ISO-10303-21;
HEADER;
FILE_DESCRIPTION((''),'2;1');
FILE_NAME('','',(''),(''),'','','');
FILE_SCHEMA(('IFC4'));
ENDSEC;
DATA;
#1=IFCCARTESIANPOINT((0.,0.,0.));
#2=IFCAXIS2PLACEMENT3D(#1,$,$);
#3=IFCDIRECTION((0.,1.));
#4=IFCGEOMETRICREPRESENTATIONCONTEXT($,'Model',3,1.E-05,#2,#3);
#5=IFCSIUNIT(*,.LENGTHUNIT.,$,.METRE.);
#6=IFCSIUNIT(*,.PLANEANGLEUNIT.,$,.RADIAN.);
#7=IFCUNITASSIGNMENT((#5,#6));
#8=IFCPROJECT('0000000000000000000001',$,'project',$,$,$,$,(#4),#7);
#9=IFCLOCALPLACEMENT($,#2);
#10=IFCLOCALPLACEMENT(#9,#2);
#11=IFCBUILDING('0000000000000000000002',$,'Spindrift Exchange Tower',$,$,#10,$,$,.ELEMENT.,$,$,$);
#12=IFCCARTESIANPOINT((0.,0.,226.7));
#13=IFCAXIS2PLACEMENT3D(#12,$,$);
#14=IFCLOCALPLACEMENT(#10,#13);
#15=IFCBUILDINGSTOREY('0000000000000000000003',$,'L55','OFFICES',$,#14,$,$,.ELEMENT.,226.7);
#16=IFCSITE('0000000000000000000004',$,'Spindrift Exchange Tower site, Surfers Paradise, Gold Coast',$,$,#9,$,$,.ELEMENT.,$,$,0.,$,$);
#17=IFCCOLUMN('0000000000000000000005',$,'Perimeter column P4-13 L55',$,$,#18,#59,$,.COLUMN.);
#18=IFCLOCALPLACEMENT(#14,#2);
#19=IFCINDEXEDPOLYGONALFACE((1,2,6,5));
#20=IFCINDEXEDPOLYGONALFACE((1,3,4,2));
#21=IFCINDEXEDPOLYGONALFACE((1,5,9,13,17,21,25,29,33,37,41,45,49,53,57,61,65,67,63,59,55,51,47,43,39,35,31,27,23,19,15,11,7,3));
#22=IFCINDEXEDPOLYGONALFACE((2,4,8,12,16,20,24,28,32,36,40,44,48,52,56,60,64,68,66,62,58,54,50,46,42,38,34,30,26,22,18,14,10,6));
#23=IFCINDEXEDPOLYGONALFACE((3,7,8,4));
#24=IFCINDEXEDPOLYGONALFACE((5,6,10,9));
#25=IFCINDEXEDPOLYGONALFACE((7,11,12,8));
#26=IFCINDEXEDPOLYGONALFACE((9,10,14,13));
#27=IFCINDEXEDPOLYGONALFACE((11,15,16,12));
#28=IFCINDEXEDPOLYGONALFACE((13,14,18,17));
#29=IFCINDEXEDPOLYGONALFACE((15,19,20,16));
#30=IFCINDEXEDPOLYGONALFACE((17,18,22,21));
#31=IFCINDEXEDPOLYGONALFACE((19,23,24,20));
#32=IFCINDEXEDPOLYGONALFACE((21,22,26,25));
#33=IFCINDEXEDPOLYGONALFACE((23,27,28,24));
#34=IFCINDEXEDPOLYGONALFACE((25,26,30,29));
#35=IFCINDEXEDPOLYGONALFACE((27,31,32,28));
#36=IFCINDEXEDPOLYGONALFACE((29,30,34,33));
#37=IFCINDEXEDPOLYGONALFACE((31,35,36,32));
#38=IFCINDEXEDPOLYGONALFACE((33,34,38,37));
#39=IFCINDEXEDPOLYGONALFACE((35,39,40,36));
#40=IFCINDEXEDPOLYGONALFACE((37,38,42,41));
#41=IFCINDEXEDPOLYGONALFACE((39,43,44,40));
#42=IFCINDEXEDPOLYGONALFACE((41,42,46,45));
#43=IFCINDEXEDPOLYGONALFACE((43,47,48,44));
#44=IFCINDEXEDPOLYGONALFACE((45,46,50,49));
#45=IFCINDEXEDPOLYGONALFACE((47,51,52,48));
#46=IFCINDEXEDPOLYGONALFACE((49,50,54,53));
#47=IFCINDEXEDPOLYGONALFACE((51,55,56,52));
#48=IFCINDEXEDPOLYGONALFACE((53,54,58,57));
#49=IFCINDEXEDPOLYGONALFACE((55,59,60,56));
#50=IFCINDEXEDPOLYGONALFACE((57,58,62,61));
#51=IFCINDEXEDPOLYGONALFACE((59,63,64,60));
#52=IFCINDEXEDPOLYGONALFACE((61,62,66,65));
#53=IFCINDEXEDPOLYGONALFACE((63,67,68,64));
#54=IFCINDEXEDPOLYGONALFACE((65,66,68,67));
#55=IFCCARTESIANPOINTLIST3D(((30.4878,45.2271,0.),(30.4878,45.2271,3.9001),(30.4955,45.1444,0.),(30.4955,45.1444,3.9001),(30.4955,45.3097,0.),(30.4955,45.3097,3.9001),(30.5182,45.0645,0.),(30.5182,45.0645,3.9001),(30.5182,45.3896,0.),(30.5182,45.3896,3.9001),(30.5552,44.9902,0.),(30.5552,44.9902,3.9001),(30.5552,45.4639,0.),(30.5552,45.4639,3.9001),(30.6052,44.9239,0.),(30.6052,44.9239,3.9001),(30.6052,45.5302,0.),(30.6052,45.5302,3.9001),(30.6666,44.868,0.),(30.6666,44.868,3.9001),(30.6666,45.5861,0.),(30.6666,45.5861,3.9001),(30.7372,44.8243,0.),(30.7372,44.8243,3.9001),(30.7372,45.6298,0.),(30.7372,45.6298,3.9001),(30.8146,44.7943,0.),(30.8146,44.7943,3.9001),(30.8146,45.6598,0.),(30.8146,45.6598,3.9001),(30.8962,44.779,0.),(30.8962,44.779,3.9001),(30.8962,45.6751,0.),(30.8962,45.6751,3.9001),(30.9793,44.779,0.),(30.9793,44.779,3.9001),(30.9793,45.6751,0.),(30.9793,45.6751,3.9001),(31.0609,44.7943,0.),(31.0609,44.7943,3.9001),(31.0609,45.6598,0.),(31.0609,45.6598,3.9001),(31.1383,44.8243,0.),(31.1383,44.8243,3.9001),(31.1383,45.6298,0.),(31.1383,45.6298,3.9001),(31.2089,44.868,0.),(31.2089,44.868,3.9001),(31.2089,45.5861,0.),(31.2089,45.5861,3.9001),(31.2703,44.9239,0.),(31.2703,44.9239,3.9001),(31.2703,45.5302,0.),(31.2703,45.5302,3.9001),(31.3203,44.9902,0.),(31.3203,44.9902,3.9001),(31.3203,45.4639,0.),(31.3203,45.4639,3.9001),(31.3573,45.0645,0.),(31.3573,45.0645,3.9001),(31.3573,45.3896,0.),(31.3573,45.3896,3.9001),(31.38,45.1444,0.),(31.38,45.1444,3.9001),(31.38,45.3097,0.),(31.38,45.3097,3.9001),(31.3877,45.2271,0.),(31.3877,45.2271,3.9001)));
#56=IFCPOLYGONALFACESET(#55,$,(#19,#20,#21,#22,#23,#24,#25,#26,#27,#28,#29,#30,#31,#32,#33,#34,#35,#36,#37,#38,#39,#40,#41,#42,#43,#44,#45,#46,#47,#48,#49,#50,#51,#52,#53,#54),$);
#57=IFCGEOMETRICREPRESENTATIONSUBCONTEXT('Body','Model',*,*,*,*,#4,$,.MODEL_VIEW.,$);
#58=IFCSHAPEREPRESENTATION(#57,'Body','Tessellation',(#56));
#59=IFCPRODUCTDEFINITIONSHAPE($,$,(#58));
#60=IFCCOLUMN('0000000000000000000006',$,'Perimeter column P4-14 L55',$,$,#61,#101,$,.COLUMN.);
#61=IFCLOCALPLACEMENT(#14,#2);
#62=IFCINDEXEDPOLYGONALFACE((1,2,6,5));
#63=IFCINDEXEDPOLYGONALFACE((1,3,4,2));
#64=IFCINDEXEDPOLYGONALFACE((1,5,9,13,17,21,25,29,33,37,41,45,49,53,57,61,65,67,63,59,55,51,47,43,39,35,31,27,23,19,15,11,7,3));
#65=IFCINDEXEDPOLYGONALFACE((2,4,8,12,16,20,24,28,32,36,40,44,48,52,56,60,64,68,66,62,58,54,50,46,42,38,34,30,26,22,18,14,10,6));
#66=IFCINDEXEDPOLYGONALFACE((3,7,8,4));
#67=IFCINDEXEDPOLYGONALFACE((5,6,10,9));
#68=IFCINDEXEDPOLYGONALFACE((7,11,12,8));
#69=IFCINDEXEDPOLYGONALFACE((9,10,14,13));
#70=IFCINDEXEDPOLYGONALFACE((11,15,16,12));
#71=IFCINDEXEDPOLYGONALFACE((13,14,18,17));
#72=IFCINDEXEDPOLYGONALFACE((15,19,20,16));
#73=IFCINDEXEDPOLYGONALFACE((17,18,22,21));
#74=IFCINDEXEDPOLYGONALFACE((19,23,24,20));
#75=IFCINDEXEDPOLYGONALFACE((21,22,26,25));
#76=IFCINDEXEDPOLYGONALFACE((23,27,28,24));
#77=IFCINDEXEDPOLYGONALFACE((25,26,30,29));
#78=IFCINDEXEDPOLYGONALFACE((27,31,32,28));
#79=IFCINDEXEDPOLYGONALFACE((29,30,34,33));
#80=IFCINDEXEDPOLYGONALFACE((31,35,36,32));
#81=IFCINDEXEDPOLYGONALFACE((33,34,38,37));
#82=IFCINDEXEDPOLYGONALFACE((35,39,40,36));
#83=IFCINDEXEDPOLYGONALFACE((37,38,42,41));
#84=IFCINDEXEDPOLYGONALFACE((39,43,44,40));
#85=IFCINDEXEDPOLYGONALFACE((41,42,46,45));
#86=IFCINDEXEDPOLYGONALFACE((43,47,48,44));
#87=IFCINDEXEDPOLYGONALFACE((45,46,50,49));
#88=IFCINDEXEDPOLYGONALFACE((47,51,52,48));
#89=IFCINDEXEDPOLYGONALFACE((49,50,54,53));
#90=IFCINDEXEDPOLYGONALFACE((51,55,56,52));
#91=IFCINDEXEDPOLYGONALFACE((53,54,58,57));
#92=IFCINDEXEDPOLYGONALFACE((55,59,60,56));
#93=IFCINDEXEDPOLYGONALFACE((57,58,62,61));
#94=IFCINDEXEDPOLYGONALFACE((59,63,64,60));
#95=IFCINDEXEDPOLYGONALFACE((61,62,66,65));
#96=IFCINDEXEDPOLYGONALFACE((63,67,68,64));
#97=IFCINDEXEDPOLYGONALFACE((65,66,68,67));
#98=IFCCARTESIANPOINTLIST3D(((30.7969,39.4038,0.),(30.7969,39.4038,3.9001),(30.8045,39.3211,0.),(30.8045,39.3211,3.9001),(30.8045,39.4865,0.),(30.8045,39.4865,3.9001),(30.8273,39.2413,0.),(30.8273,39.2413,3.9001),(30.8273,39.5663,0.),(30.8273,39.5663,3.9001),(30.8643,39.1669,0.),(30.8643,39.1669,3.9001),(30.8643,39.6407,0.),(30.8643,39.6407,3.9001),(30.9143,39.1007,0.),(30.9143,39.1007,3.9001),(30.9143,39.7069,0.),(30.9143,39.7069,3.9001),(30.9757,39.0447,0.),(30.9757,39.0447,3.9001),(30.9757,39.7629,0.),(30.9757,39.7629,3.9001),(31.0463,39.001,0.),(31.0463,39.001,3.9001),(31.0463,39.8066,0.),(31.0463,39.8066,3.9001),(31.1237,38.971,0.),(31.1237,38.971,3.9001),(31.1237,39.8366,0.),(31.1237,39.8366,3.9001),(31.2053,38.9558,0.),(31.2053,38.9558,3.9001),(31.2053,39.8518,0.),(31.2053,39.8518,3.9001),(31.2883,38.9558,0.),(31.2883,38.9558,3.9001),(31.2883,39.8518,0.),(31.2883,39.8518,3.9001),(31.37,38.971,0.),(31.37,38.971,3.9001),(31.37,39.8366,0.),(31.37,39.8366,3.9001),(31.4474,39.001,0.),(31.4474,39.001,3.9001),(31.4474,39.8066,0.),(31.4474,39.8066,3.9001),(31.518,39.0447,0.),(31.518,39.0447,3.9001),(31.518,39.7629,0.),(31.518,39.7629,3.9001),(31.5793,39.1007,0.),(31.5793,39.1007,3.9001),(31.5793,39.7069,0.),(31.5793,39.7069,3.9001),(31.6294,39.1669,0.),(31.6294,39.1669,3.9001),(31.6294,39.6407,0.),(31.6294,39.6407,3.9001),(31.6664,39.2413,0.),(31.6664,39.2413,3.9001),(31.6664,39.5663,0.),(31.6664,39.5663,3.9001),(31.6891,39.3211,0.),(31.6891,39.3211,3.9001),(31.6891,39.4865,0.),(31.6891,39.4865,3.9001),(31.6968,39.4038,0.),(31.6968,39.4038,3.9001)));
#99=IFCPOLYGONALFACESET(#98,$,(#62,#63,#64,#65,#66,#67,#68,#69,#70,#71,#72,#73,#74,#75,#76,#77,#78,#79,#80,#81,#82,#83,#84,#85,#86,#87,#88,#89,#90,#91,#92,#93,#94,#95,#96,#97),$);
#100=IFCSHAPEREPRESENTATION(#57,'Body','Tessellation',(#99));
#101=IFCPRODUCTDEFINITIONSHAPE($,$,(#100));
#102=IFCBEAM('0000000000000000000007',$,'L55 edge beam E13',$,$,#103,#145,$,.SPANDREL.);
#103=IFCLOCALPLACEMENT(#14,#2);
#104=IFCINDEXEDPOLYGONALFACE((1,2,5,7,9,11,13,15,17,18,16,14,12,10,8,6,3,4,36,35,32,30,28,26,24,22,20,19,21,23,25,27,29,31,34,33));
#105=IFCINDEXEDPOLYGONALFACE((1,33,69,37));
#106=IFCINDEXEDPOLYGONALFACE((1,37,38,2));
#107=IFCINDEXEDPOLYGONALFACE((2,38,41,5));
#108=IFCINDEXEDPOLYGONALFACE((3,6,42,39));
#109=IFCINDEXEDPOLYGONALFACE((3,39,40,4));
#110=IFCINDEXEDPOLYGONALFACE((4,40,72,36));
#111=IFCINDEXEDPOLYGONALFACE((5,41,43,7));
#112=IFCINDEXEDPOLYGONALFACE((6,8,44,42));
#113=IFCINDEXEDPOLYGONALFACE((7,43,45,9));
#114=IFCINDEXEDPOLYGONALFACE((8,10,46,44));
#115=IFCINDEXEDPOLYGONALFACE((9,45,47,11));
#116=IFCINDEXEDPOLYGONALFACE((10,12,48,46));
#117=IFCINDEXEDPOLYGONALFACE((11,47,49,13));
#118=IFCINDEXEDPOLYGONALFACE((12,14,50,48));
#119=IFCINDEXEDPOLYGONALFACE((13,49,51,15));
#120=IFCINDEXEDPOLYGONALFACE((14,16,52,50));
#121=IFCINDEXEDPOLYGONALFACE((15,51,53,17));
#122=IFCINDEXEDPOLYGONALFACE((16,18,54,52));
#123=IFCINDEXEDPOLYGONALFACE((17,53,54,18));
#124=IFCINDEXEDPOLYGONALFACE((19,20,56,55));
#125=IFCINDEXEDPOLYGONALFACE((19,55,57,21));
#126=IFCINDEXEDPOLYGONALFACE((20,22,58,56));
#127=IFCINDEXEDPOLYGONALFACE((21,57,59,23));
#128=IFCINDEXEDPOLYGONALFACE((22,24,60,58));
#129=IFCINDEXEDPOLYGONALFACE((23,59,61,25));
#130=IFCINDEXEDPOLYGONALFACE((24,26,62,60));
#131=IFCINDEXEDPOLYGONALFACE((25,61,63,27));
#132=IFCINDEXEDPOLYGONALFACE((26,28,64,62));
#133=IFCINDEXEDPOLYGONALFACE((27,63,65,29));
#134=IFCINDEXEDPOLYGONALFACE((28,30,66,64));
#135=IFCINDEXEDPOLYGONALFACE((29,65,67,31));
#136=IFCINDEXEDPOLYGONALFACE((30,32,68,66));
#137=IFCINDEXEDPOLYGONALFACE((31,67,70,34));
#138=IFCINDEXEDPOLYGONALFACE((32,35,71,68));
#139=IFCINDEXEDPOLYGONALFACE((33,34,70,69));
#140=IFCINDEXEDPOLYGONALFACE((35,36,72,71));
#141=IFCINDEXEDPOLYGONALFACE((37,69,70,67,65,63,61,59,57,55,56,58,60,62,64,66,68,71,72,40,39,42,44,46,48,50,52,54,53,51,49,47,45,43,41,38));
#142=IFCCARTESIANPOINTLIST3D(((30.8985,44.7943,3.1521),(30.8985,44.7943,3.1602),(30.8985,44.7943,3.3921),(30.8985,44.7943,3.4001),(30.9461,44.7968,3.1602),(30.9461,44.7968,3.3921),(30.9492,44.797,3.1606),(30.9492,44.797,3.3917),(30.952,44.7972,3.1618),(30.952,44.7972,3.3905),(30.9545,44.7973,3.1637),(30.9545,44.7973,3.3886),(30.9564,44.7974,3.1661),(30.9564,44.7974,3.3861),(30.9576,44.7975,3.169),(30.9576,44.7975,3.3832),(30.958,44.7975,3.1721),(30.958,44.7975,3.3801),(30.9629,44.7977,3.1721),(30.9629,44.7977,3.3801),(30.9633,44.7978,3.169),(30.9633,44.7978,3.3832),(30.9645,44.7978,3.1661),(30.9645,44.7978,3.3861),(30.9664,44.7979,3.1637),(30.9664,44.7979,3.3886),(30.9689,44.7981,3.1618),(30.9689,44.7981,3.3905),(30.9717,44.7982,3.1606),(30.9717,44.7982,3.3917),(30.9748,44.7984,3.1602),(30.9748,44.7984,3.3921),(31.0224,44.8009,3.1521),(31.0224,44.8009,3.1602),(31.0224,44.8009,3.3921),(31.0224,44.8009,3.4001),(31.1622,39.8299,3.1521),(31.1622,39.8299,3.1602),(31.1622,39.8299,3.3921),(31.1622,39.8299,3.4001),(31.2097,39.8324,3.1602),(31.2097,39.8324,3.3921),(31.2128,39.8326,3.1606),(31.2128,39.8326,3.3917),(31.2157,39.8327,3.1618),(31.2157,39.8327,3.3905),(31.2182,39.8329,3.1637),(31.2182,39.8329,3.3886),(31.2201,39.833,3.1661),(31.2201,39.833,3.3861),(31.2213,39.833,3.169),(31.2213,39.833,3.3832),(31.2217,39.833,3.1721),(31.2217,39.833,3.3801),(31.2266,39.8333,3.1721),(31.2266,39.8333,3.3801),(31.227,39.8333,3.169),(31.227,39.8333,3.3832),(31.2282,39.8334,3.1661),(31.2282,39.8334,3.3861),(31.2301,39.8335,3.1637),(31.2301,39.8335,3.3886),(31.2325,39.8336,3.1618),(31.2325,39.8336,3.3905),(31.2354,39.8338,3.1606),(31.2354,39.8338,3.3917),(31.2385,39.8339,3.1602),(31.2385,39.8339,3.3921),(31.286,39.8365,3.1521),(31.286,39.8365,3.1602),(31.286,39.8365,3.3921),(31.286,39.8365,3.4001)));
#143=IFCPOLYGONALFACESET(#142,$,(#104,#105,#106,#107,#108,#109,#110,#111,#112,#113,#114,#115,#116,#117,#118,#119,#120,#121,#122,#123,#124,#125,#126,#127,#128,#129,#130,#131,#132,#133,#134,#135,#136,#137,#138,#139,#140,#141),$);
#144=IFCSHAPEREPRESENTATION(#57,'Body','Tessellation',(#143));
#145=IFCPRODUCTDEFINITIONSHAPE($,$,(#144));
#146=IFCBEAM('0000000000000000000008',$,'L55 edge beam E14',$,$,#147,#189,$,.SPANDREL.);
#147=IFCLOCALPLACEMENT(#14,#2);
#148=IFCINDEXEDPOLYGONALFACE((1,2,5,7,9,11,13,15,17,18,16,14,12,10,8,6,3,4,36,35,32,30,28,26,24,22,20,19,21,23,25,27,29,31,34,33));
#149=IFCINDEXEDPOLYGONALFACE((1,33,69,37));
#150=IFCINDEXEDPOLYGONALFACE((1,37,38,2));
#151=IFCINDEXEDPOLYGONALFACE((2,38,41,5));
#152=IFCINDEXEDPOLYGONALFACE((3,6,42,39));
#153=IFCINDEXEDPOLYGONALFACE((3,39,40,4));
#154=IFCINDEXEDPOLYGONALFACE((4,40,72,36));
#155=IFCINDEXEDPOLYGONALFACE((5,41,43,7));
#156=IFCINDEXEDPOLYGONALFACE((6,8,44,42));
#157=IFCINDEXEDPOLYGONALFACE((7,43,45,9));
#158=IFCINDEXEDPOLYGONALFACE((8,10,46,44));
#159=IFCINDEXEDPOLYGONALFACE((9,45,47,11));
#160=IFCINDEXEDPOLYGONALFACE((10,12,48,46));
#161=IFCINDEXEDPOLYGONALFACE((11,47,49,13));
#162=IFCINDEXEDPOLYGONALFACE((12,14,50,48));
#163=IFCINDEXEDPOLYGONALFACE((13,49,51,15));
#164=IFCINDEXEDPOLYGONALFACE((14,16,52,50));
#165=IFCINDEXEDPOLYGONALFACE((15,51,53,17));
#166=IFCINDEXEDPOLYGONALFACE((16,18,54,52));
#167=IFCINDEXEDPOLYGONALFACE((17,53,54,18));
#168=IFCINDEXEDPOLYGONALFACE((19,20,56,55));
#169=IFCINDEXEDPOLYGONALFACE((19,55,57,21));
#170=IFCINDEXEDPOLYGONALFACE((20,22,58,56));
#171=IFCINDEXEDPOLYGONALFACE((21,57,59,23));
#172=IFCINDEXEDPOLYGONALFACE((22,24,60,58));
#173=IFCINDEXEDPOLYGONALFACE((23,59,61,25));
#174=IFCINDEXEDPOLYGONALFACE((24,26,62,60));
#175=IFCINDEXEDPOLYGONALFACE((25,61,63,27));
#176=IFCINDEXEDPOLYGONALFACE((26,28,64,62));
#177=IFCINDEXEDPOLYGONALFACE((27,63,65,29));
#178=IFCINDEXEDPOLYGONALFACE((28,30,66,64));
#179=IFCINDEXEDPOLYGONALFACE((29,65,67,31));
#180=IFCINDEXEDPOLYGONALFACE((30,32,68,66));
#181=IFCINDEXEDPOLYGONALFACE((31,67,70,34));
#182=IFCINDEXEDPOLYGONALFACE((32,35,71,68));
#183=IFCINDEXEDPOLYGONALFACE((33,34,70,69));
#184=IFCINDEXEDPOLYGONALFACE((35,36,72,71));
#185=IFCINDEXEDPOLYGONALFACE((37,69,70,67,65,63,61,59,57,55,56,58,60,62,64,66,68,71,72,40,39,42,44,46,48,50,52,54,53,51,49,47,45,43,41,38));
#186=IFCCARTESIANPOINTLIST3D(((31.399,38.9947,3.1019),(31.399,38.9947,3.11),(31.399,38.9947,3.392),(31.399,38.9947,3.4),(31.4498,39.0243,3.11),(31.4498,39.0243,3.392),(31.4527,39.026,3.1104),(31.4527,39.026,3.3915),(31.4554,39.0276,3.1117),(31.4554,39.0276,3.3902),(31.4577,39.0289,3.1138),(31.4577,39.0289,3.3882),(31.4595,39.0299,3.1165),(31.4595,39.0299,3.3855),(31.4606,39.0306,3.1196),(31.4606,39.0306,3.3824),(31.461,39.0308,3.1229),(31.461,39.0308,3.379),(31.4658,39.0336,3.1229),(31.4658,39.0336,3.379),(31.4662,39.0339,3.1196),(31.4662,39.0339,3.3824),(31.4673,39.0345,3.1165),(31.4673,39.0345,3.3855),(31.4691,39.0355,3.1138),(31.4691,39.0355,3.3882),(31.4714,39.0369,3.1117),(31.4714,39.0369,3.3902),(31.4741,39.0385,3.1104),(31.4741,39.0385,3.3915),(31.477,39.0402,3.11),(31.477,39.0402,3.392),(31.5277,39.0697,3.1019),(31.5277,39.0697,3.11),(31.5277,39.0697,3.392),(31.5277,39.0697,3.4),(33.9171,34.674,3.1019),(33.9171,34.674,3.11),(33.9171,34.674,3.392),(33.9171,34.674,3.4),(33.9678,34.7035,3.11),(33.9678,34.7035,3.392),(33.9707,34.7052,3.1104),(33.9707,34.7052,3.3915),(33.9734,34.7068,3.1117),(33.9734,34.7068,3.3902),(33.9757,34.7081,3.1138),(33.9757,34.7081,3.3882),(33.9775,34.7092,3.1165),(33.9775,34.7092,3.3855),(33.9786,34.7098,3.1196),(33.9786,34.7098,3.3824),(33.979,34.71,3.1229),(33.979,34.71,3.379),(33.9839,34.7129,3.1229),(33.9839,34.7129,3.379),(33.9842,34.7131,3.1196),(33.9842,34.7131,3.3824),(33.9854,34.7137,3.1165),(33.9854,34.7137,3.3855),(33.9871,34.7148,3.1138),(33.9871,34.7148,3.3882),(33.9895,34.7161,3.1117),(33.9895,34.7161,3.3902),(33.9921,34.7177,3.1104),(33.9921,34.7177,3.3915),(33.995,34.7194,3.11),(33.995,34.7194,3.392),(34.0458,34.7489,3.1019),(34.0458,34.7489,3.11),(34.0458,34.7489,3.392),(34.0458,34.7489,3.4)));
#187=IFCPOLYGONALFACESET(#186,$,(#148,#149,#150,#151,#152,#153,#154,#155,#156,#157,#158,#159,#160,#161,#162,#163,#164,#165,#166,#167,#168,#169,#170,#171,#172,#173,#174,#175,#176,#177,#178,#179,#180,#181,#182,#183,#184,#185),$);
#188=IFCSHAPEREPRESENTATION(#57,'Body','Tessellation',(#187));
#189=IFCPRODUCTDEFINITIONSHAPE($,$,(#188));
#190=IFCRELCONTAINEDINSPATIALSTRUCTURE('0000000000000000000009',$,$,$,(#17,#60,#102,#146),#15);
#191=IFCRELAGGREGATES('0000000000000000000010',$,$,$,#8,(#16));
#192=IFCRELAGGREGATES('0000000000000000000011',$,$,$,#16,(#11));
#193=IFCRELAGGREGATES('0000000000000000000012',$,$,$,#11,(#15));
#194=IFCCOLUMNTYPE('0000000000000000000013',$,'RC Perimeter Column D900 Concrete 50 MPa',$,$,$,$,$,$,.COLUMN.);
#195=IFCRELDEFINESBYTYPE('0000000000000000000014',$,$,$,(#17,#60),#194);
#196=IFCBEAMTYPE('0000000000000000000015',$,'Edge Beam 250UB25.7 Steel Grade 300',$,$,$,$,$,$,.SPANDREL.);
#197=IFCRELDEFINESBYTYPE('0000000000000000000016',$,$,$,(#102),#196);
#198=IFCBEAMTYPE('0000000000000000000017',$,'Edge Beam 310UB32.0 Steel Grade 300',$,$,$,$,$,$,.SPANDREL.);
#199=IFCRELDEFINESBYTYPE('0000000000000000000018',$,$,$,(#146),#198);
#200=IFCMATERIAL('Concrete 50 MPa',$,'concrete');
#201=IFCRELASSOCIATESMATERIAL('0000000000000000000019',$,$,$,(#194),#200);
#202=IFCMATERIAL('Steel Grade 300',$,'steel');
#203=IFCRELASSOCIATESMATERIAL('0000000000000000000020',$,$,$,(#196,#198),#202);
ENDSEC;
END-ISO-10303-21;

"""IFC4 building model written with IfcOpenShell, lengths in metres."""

from ifc_helpers import new_model, si_unit, direction, frame, origin, origin_2d, place, context, subcontext, project, spatial, circle, i_section, extrude, source, transform, mapped, material, material_profile, profile_set, type_object, element, save


model = new_model("IFC4")

# Units and contexts
model_context = context("Model", 3, precision=1e-05, world=origin(), true_north=direction((0.0, 1.0)))
body_context = subcontext(model_context, "Body", "Model", "MODEL_VIEW")
ifc_project = project(units=[si_unit("LENGTHUNIT", "METRE"), si_unit("PLANEANGLEUNIT", "RADIAN")], contexts=[model_context])

# Site, building, storey
site_placement = place(None, origin())
site = spatial("IfcSite", under=ifc_project, at=site_placement, Name="Spindrift Exchange Tower site, Surfers Paradise, Gold Coast", CompositionType="ELEMENT", RefElevation=0.0)
building_placement = place(site_placement, origin())
building = spatial("IfcBuilding", under=site, at=building_placement, Name="Spindrift Exchange Tower", CompositionType="ELEMENT")
storey_placement = place(building_placement, frame((0.0, 0.0, 226.7)))
storey = spatial("IfcBuildingStorey", under=building, at=storey_placement, Name="L55", Description="OFFICES", CompositionType="ELEMENT", Elevation=226.7)

# Columns
ifc_material_1 = material(Name="Concrete 50 MPa", Category="concrete")
ifc_material_profile_1 = material_profile(ifc_material_1, circle(Radius=0.45, at=origin_2d()), Name="RC D900")
ifc_profile_set_1 = profile_set([ifc_material_profile_1], Name="Concrete 50 MPa")
column_type = type_object("IfcColumnType", Name="RC Perimeter Column D900 Concrete 50 MPa", PredefinedType="COLUMN", material=ifc_profile_set_1)
shared_shape_1 = source(origin(), body_context, "Body", "SweptSolid", [
    extrude(circle(Radius=0.45, at=origin_2d()), origin(), (0.0, 0.0, 1.0), 3.9001),
])
for number, where, z_axis, x_axis, name in (
    (1, (30.9377, 45.2271, 0.0), (0.0, 0.0, 1.0), (1.0, 0.0, 0.0), "Perimeter column P4-13 L55"),
    (2, (31.2468, 39.4038, 0.0), (0.0, 0.0, 1.0), (1.0, 0.0, 0.0), "Perimeter column P4-14 L55"),
):
    element("IfcColumn", number, at=place(storey_placement, frame(where, z_axis=z_axis, x_axis=x_axis)), inside=storey, type_object=column_type, Name=name, PredefinedType="COLUMN", context=body_context, shape_type="MappedRepresentation", body=[
        mapped(shared_shape_1, transform((0.0, 0.0, 0.0), scale=1.0)),
    ])

# Beams
ifc_material_2 = material(Name="Steel Grade 300", Category="steel")
ifc_material_profile_2 = material_profile(ifc_material_2, i_section(OverallWidth=0.124, OverallDepth=0.248, WebThickness=0.0049, FlangeThickness=0.0081, FilletRadius=0.012, at=origin_2d()), Name="250UB25.7")
ifc_profile_set_2 = profile_set([ifc_material_profile_2], Name="Steel Grade 300")
beam_type_1 = type_object("IfcBeamType", Name="Edge Beam 250UB25.7 Steel Grade 300", PredefinedType="SPANDREL", material=ifc_profile_set_2)
shared_shape_2 = source(origin(), body_context, "Body", "SweptSolid", [
    extrude(i_section(OverallWidth=0.124, OverallDepth=0.248, WebThickness=0.0049, FlangeThickness=0.0081, FilletRadius=0.012, at=origin_2d()), origin(), (0.0, 0.0, 1.0), 4.9714),
])
beam_1_placement = place(storey_placement, frame((30.9604, 44.7976, 3.2761), z_axis=(0.053038, -0.998592, 0.0), x_axis=(0.998592, 0.053038, 0.0)))
element("IfcBeam", 3, at=beam_1_placement, inside=storey, type_object=beam_type_1, Name="L55 edge beam E13", PredefinedType="SPANDREL", context=body_context, shape_type="MappedRepresentation", body=[
    mapped(shared_shape_2, transform((0.0, 0.0, 0.0), scale=1.0)),
])
ifc_material_profile_3 = material_profile(ifc_material_2, i_section(OverallWidth=0.1489, OverallDepth=0.2981, WebThickness=0.0056, FlangeThickness=0.0081, FilletRadius=0.0129, at=origin_2d()), Name="310UB32.0")
ifc_profile_set_3 = profile_set([ifc_material_profile_3], Name="Steel Grade 300")
beam_type_2 = type_object("IfcBeamType", Name="Edge Beam 310UB32.0 Steel Grade 300", PredefinedType="SPANDREL", material=ifc_profile_set_3)
shared_shape_3 = source(origin(), body_context, "Body", "SweptSolid", [
    extrude(i_section(OverallWidth=0.1489, OverallDepth=0.2981, WebThickness=0.0056, FlangeThickness=0.0081, FilletRadius=0.0129, at=origin_2d()), origin(), (0.0, 0.0, 1.0), 5.001),
])
beam_2_placement = place(storey_placement, frame((31.4634, 39.0322, 3.251), z_axis=(0.503513, -0.863988, 0.0), x_axis=(0.863988, 0.503513, 0.0)))
element("IfcBeam", 4, at=beam_2_placement, inside=storey, type_object=beam_type_2, Name="L55 edge beam E14", PredefinedType="SPANDREL", context=body_context, shape_type="MappedRepresentation", body=[
    mapped(shared_shape_3, transform((0.0, 0.0, 0.0), scale=1.0)),
])

save(model, "model.ifc")
